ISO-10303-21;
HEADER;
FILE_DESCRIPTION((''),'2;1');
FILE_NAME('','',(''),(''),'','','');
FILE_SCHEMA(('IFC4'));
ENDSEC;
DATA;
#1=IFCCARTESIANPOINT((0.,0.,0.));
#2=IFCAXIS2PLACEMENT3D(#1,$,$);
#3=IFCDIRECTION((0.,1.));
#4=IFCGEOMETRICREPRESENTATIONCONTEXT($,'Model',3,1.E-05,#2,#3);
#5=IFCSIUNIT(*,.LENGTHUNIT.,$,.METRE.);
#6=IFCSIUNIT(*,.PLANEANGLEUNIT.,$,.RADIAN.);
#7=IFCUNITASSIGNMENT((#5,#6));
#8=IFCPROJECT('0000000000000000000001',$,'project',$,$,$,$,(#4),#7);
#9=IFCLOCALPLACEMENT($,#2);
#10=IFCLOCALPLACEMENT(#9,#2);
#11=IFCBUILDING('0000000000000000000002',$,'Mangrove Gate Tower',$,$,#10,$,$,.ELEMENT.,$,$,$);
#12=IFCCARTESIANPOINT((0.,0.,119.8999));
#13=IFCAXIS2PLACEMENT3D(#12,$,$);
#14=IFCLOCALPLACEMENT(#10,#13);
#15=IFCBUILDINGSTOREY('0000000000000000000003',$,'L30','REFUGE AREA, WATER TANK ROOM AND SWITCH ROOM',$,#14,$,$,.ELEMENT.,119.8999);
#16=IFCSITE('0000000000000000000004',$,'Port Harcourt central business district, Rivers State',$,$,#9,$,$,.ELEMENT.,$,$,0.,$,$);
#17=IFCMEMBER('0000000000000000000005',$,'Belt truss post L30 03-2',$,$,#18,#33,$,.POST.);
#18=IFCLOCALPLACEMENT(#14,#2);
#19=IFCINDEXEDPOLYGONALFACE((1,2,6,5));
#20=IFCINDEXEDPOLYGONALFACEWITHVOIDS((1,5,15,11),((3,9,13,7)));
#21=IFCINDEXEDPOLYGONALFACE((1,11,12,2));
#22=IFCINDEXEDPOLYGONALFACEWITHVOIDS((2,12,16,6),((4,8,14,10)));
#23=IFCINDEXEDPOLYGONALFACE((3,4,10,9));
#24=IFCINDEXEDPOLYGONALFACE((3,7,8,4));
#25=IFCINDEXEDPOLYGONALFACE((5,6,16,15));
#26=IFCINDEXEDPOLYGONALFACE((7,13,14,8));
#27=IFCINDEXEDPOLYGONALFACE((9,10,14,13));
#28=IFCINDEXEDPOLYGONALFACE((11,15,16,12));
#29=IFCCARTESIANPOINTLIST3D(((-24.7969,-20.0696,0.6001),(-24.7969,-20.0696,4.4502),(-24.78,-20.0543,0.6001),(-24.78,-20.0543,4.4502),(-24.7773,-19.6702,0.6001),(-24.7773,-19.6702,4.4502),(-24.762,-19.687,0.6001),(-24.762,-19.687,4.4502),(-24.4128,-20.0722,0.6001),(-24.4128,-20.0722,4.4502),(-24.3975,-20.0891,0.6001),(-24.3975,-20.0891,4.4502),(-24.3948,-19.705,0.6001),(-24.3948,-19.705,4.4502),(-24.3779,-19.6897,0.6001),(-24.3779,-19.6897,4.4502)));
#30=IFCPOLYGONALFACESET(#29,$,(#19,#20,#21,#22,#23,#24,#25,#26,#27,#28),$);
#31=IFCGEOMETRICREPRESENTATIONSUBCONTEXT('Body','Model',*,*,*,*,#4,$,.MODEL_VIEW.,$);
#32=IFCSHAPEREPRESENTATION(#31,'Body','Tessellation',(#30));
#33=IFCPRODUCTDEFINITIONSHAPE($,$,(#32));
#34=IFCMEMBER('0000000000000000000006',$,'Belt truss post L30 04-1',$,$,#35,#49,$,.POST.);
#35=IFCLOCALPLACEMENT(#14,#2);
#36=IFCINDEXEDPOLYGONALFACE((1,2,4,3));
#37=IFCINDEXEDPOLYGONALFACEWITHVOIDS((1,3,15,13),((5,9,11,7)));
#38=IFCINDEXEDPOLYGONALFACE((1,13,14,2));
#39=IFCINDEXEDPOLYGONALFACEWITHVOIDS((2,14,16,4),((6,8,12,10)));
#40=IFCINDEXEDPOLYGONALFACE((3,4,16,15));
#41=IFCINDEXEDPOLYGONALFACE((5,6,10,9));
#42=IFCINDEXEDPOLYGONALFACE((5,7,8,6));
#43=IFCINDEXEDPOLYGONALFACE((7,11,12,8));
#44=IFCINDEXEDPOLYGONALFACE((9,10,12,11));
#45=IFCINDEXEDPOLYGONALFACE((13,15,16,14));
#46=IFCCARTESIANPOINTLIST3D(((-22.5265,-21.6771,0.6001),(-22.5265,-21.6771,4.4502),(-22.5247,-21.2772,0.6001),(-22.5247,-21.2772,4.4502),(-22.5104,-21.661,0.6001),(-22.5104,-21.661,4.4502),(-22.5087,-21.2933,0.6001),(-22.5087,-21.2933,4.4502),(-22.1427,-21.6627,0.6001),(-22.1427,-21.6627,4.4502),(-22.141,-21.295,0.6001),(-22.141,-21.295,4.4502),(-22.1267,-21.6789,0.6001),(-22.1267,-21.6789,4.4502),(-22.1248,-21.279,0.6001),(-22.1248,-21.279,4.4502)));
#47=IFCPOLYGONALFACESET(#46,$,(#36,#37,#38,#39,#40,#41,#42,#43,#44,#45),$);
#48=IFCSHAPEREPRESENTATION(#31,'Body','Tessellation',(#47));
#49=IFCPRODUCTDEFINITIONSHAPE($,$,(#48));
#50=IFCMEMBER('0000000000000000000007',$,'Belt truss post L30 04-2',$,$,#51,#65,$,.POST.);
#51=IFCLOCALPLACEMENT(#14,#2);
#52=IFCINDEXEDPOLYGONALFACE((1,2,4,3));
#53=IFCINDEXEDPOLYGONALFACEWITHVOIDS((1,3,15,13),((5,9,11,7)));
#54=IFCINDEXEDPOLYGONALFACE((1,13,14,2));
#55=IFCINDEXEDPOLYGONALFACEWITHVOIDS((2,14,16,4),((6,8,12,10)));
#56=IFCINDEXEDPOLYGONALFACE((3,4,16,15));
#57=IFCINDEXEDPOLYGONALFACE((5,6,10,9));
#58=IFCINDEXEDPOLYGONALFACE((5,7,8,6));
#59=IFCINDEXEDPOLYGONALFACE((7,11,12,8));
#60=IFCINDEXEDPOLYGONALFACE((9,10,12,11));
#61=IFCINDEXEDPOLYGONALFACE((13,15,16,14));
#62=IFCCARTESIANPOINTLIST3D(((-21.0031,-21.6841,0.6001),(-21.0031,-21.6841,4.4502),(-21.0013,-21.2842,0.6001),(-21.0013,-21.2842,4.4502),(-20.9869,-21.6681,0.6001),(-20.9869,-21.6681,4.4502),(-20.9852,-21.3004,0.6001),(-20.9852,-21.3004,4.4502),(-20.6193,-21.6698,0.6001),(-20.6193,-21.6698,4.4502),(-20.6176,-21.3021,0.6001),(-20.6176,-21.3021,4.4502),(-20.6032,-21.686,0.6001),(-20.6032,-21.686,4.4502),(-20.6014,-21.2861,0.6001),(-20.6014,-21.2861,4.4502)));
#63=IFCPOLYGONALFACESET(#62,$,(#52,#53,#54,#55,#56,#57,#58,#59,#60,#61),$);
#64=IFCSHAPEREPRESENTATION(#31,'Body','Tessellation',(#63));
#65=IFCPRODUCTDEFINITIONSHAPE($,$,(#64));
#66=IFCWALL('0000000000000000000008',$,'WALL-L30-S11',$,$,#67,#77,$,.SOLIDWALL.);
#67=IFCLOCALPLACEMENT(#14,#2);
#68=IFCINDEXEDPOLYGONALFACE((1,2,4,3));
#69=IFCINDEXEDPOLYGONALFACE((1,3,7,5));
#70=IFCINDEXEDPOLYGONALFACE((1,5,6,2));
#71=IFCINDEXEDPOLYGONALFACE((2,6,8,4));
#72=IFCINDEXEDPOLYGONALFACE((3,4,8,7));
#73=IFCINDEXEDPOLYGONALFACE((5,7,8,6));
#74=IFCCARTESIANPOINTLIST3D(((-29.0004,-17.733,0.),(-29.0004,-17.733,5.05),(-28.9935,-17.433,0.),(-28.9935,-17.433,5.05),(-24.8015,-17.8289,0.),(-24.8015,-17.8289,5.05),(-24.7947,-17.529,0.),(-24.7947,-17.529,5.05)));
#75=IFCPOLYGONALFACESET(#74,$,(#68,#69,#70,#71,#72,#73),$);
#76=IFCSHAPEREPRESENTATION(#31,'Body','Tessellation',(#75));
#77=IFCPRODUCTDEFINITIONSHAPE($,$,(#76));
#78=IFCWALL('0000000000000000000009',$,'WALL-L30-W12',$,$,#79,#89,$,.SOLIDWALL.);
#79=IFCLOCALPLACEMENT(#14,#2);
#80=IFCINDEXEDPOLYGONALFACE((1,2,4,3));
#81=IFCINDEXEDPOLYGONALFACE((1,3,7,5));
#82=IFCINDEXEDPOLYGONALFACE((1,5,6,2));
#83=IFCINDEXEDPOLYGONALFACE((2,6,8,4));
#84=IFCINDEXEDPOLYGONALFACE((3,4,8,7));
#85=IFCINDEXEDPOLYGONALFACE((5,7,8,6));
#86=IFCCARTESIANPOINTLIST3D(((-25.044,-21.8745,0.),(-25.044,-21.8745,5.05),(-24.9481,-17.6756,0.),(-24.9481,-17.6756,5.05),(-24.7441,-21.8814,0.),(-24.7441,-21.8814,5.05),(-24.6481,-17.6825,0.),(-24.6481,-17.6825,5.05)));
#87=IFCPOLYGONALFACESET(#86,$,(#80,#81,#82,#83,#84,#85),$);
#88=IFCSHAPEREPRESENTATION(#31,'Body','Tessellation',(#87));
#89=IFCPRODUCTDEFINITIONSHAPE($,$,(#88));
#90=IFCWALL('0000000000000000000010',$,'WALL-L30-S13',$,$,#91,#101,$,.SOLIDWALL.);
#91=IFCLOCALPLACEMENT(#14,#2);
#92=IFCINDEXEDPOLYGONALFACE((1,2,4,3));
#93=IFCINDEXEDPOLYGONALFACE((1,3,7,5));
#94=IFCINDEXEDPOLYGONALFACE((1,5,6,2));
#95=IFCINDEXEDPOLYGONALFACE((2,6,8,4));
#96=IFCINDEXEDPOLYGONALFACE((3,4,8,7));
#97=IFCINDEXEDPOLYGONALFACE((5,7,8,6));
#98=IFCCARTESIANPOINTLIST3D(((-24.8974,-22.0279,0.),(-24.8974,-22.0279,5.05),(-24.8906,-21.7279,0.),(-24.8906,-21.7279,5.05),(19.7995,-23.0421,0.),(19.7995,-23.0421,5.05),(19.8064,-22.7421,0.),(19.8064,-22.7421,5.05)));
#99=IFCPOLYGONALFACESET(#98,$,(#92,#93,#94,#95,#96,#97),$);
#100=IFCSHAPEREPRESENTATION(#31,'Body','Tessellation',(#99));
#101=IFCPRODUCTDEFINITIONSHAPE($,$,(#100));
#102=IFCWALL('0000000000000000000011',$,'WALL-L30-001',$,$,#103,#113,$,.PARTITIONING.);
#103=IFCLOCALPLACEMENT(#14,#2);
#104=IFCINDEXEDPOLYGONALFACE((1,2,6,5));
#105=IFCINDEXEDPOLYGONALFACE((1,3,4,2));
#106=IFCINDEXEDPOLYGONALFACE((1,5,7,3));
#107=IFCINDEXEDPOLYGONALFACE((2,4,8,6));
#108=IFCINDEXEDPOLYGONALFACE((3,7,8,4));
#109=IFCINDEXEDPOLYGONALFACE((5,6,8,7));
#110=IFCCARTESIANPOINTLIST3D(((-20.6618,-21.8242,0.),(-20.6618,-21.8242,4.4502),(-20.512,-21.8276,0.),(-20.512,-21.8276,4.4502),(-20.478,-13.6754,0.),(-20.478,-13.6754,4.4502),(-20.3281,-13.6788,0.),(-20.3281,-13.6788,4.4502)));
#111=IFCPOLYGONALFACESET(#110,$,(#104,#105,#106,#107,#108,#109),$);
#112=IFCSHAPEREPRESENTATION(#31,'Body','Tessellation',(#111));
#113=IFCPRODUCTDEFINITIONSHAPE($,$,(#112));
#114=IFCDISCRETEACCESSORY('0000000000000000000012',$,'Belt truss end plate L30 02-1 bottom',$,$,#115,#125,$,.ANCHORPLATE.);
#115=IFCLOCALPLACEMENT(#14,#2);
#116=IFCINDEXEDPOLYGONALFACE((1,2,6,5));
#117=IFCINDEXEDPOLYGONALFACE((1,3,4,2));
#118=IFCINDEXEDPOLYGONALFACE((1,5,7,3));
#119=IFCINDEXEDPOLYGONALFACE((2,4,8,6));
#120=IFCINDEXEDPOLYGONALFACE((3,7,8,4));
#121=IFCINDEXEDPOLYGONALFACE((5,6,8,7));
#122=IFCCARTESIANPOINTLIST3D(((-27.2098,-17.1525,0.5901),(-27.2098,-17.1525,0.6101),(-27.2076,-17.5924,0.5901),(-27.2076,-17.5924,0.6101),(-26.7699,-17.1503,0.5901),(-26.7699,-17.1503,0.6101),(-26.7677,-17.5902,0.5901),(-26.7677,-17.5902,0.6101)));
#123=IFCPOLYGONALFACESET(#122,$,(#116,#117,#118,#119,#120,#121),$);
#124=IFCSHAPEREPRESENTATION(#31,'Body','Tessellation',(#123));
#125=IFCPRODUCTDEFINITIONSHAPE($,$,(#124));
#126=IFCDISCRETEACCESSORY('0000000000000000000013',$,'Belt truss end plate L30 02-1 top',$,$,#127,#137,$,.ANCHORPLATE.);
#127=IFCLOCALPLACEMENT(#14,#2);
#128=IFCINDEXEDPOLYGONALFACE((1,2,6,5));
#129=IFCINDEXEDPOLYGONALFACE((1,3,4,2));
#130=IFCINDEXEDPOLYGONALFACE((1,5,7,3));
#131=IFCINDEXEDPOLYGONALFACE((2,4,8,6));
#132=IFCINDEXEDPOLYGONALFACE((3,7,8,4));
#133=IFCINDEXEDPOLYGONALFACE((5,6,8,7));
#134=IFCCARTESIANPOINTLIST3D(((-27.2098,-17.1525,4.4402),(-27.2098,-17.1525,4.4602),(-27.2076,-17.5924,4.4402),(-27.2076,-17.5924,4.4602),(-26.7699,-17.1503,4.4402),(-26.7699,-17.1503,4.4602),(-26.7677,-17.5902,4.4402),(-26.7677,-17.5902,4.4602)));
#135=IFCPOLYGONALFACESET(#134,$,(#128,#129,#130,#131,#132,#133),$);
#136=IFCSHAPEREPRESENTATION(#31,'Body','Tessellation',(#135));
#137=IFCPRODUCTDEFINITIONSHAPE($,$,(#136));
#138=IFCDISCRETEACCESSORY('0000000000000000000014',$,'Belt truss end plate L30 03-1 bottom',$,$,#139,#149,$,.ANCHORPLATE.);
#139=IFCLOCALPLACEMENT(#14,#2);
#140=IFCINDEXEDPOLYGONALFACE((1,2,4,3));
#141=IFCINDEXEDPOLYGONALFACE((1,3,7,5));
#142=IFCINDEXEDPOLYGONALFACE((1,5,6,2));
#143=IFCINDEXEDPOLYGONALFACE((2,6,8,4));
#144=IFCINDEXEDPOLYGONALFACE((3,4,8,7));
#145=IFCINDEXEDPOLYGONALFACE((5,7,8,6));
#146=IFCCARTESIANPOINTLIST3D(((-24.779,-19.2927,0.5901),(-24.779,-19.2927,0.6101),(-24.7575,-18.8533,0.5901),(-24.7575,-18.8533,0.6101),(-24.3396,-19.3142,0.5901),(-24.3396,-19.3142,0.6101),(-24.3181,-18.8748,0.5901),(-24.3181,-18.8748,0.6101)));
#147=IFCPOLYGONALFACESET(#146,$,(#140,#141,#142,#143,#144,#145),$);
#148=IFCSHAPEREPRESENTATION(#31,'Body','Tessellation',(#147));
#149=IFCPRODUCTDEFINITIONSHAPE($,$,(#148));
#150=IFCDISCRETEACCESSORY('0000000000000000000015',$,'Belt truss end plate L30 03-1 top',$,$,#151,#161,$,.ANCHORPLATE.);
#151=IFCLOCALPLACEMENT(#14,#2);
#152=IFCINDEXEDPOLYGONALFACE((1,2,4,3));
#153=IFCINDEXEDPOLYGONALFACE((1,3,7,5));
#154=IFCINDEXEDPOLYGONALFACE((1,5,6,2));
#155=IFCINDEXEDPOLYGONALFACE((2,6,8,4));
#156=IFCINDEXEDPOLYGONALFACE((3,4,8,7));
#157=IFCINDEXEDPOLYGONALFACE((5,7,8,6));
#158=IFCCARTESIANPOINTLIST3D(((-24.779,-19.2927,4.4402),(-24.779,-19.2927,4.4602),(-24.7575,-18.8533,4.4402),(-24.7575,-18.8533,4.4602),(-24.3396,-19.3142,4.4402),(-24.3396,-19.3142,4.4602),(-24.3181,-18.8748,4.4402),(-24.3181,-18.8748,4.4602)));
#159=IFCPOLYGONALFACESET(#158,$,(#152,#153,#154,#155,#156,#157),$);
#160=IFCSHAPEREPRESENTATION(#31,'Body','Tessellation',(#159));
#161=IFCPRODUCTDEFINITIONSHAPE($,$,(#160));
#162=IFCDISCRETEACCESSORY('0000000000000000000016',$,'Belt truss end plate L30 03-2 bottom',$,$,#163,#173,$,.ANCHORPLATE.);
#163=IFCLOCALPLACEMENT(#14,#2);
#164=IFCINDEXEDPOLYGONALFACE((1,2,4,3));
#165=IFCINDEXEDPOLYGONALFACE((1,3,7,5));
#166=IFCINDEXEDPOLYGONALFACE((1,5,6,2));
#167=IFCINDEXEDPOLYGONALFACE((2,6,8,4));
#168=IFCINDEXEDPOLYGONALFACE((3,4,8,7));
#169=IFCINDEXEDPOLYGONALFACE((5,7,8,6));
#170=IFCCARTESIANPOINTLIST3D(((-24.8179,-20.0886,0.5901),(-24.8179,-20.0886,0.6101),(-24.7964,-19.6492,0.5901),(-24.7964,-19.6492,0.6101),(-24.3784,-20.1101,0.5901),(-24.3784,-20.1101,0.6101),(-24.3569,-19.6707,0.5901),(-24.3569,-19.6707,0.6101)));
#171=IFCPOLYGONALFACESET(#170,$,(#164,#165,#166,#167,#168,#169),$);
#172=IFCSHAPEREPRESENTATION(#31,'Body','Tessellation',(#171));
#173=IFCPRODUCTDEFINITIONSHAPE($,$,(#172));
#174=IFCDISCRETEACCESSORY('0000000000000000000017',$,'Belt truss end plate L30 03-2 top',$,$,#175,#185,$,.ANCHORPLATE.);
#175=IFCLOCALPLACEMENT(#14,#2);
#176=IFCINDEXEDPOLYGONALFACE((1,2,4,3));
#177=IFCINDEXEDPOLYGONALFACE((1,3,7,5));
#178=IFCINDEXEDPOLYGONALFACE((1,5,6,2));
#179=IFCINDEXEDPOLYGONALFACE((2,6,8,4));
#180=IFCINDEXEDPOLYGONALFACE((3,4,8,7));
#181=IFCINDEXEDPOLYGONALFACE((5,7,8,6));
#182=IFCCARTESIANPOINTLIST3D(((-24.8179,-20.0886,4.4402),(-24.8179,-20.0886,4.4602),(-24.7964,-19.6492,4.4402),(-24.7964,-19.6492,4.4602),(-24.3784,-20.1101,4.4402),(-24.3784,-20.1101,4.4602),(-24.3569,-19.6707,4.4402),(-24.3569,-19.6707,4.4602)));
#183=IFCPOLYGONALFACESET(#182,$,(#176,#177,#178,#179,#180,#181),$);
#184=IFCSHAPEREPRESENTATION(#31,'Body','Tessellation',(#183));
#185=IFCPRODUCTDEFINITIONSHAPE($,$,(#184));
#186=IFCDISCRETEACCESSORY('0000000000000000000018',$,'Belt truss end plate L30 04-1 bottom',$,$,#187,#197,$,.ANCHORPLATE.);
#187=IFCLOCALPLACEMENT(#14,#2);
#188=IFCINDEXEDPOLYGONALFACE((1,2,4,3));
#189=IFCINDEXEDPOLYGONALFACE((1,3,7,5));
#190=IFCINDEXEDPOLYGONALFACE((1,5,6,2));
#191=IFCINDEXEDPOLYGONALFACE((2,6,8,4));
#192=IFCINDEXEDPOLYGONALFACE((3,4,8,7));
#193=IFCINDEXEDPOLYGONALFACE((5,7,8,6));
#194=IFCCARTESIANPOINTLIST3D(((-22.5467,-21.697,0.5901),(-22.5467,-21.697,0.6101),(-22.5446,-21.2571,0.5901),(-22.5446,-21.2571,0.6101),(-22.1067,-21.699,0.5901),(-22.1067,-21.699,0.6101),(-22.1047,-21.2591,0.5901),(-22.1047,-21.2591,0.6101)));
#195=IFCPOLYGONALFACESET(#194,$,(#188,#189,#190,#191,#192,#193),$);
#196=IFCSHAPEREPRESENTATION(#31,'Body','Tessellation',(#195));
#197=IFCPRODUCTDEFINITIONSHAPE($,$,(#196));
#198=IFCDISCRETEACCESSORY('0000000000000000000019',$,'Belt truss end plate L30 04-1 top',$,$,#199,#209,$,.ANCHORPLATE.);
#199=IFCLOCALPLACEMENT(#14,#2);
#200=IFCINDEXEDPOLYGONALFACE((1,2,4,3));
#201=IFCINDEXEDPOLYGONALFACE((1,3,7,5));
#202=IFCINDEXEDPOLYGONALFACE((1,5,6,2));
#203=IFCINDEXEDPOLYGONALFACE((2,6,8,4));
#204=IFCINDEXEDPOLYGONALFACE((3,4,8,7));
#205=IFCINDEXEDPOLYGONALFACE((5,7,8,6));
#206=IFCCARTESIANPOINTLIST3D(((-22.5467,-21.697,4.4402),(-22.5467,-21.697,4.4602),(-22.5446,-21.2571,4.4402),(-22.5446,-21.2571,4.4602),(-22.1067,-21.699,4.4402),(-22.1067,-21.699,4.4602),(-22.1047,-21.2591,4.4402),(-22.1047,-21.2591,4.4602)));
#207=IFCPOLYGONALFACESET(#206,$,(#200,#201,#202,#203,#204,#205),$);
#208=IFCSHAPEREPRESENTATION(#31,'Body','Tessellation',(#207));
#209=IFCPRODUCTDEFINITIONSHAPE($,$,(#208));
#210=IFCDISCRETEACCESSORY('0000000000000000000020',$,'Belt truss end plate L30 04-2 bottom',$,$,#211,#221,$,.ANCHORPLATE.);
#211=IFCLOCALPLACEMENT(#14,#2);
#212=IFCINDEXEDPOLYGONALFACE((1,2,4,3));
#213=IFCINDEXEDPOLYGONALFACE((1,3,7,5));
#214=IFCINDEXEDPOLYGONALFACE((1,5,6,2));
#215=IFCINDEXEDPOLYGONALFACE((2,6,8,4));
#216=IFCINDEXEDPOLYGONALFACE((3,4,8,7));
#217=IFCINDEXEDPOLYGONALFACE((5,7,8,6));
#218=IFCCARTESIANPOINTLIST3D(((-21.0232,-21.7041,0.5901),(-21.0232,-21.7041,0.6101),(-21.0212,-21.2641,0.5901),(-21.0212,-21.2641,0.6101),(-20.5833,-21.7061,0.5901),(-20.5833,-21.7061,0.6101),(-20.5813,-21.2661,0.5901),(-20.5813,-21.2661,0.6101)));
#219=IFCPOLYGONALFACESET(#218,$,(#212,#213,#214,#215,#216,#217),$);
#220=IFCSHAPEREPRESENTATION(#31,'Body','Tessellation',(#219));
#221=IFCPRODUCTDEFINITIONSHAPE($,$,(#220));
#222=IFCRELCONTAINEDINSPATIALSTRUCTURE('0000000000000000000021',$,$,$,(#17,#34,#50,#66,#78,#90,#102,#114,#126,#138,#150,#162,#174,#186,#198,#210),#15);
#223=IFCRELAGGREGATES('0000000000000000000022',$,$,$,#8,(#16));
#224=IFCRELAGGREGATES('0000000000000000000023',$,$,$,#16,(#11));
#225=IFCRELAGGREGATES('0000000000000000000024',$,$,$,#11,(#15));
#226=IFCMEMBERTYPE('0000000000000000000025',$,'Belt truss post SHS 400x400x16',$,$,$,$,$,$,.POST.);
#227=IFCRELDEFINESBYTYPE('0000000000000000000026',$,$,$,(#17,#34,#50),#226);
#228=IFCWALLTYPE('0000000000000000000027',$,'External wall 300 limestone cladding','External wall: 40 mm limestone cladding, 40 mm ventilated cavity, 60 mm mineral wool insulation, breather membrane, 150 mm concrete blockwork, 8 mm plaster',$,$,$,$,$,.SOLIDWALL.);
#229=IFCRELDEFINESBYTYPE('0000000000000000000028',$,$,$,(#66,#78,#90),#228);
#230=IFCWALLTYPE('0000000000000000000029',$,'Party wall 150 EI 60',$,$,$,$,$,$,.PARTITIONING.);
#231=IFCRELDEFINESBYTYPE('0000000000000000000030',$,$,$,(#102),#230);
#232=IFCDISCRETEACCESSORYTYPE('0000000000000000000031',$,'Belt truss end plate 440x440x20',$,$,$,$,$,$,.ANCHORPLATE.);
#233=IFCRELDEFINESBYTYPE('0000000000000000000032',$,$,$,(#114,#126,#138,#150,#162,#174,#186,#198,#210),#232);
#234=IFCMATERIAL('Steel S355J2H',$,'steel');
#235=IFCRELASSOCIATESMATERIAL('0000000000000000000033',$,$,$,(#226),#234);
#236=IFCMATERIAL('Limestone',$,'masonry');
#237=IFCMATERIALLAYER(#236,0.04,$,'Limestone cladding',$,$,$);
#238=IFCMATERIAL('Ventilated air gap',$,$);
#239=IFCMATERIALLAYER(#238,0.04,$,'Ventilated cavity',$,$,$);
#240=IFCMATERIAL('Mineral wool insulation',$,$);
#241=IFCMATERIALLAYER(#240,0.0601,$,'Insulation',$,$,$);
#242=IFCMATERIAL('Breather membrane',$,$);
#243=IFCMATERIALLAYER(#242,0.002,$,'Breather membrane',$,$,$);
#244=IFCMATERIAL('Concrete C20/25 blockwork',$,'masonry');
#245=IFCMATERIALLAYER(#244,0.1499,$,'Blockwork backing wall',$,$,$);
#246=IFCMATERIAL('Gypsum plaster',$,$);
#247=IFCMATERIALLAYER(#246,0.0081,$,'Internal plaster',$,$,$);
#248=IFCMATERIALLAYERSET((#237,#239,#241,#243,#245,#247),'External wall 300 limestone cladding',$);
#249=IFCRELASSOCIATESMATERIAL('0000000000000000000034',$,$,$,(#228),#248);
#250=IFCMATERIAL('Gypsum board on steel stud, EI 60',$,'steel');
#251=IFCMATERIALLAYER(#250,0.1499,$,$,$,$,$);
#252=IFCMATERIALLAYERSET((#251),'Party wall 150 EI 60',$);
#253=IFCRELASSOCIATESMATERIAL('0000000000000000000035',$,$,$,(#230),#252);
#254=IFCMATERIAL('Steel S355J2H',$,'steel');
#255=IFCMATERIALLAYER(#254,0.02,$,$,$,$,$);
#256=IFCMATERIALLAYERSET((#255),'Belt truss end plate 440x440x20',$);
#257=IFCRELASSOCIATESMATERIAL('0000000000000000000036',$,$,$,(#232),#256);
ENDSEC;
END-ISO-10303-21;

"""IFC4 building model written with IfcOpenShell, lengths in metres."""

from ifc_helpers import new_model, si_unit, direction, frame, frame_2d, origin, origin_2d, place, context, subcontext, project, spatial, rectangle, hollow_rectangle, extrude, material, layer, layer_set, material_profile, profile_set, type_object, element, save


model = new_model("IFC4")

# Units and contexts
model_context = context("Model", 3, precision=1e-05, world=origin(), true_north=direction((0.0, 1.0)))
body_context = subcontext(model_context, "Body", "Model", "MODEL_VIEW")
ifc_project = project(units=[si_unit("LENGTHUNIT", "METRE"), si_unit("PLANEANGLEUNIT", "RADIAN")], contexts=[model_context])

# Site, building, storey
site_placement = place(None, origin())
site = spatial("IfcSite", under=ifc_project, at=site_placement, Name="Port Harcourt central business district, Rivers State", CompositionType="ELEMENT", RefElevation=0.0)
building_placement = place(site_placement, origin())
building = spatial("IfcBuilding", under=site, at=building_placement, Name="Mangrove Gate Tower", CompositionType="ELEMENT")
storey_placement = place(building_placement, frame((0.0, 0.0, 119.8999)))
storey = spatial("IfcBuildingStorey", under=building, at=storey_placement, Name="L30", Description="REFUGE AREA, WATER TANK ROOM AND SWITCH ROOM", CompositionType="ELEMENT", Elevation=119.8999)

# Members
ifc_material_1 = material(Name="Steel S355J2H", Category="steel")
ifc_material_profile_1 = material_profile(ifc_material_1, hollow_rectangle(XDim=0.3999, YDim=0.3999, WallThickness=0.0161, at=origin_2d()))
ifc_profile_set_1 = profile_set([ifc_material_profile_1], Name="Steel S355J2H")
member_type_1 = type_object("IfcMemberType", Name="Belt truss post SHS 400x400x16", PredefinedType="POST", material=ifc_profile_set_1)
for number, where, z_axis, x_axis, name in (
    (1, (-24.5874, -19.8796, 0.6001), (0.0, 0.0, 1.0), (-0.048885, -0.998804, 0.0), "Belt truss post L30 03-2"),
    (2, (-22.3257, -21.478, 0.6001), (0.0, 0.0, 1.0), (0.99999, -0.004581, 0.0), "Belt truss post L30 04-1"),
    (3, (-20.8022, -21.4851, 0.6001), (0.0, 0.0, 1.0), (0.99999, -0.004581, 0.0), "Belt truss post L30 04-2"),
):
    element("IfcMember", number, at=place(storey_placement, frame(where, z_axis=z_axis, x_axis=x_axis)), inside=storey, type_object=member_type_1, Name=name, PredefinedType="POST", context=body_context, shape_type="SweptSolid", body=[
        extrude(hollow_rectangle(XDim=0.3999, YDim=0.3999, WallThickness=0.0161, at=origin_2d()), origin(), (0.0, 0.0, 1.0), 3.8501),
    ])

# Walls
ifc_material_2 = material(Name="Limestone", Category="masonry")
ifc_layer_1 = layer(ifc_material_2, 0.04, Name="Limestone cladding")
ifc_material_3 = material(Name="Ventilated air gap")
ifc_layer_2 = layer(ifc_material_3, 0.04, Name="Ventilated cavity")
ifc_material_4 = material(Name="Mineral wool insulation")
ifc_layer_3 = layer(ifc_material_4, 0.0601, Name="Insulation")
ifc_material_5 = material(Name="Breather membrane")
ifc_layer_4 = layer(ifc_material_5, 0.002, Name="Breather membrane")
ifc_material_6 = material(Name="Concrete C20/25 blockwork", Category="masonry")
ifc_layer_5 = layer(ifc_material_6, 0.1499, Name="Blockwork backing wall")
ifc_material_7 = material(Name="Gypsum plaster")
ifc_layer_6 = layer(ifc_material_7, 0.0081, Name="Internal plaster")
ifc_layer_set_1 = layer_set([ifc_layer_1, ifc_layer_2, ifc_layer_3, ifc_layer_4, ifc_layer_5, ifc_layer_6], Name="External wall 300 limestone cladding")
wall_type_1 = type_object("IfcWallType", Name="External wall 300 limestone cladding", Description="External wall: 40 mm limestone cladding, 40 mm ventilated cavity, 60 mm mineral wool insulation, breather membrane, 150 mm concrete blockwork, 8 mm plaster", PredefinedType="SOLIDWALL", material=ifc_layer_set_1)
for number, where, z_axis, x_axis, name in (
    (4, (-28.9971, -17.583, 0.0), (0.0, 0.0, 1.0), (0.999739, -0.022844, 0.0), "WALL-L30-S11"),
    (5, (-24.7981, -17.679, 0.0), (0.0, 0.0, 1.0), (-0.022844, -0.999739, 0.0), "WALL-L30-W12"),
):
    element("IfcWall", number, at=place(storey_placement, frame(where, z_axis=z_axis, x_axis=x_axis)), inside=storey, type_object=wall_type_1, Name=name, PredefinedType="SOLIDWALL", context=body_context, shape_type="SweptSolid", body=[
        extrude(rectangle(XDim=4.2, YDim=0.3, at=frame_2d((2.1001, 0.0))), origin(), (0.0, 0.0, 1.0), 5.05),
    ])
wall_1_placement = place(storey_placement, frame((-24.894, -21.8779, 0.0), z_axis=(0.0, 0.0, 1.0), x_axis=(0.999743, -0.022684, 0.0)))
element("IfcWall", 6, at=wall_1_placement, inside=storey, type_object=wall_type_1, Name="WALL-L30-S13", PredefinedType="SOLIDWALL", context=body_context, shape_type="SweptSolid", body=[
    extrude(rectangle(XDim=44.7085, YDim=0.3, at=frame_2d((22.3542, 0.0))), origin(), (0.0, 0.0, 1.0), 5.05),
])
ifc_material_8 = material(Name="Gypsum board on steel stud, EI 60", Category="steel")
ifc_layer_7 = layer(ifc_material_8, 0.1499)
ifc_layer_set_2 = layer_set([ifc_layer_7], Name="Party wall 150 EI 60")
wall_type_2 = type_object("IfcWallType", Name="Party wall 150 EI 60", PredefinedType="PARTITIONING", material=ifc_layer_set_2)
wall_2_placement = place(storey_placement, frame((-20.5869, -21.8259, 0.0), z_axis=(0.0, 0.0, 1.0), x_axis=(0.022554, 0.999746, 0.0)))
element("IfcWall", 7, at=wall_2_placement, inside=storey, type_object=wall_type_2, Name="WALL-L30-001", PredefinedType="PARTITIONING", context=body_context, shape_type="SweptSolid", body=[
    extrude(rectangle(XDim=8.1509, YDim=0.1499, at=frame_2d((4.0754, 0.0))), origin(), (0.0, 0.0, 1.0), 4.4502),
])

# Discrete accessories
ifc_material_9 = material(Name="Steel S355J2H", Category="steel")
ifc_layer_8 = layer(ifc_material_9, 0.02)
ifc_layer_set_3 = layer_set([ifc_layer_8], Name="Belt truss end plate 440x440x20")
discrete_accessory_type = type_object("IfcDiscreteAccessoryType", Name="Belt truss end plate 440x440x20", PredefinedType="ANCHORPLATE", material=ifc_layer_set_3)
for number, where, z_axis, x_axis, name in (
    (8, (-26.9888, -17.3713, 0.5901), (0.0, 0.0, 1.0), (0.999988, 0.004989, 0.0), "Belt truss end plate L30 02-1 bottom"),
    (9, (-26.9888, -17.3713, 4.4402), (0.0, 0.0, 1.0), (0.999988, 0.004989, 0.0), "Belt truss end plate L30 02-1 top"),
    (10, (-24.5486, -19.0837, 0.5901), (0.0, 0.0, 1.0), (-0.048885, -0.998804, 0.0), "Belt truss end plate L30 03-1 bottom"),
    (11, (-24.5486, -19.0837, 4.4402), (0.0, 0.0, 1.0), (-0.048885, -0.998804, 0.0), "Belt truss end plate L30 03-1 top"),
    (12, (-24.5874, -19.8796, 0.5901), (0.0, 0.0, 1.0), (-0.048885, -0.998804, 0.0), "Belt truss end plate L30 03-2 bottom"),
    (13, (-24.5874, -19.8796, 4.4402), (0.0, 0.0, 1.0), (-0.048885, -0.998804, 0.0), "Belt truss end plate L30 03-2 top"),
    (14, (-22.3257, -21.478, 0.5901), (0.0, 0.0, 1.0), (0.99999, -0.004581, 0.0), "Belt truss end plate L30 04-1 bottom"),
    (15, (-22.3257, -21.478, 4.4402), (0.0, 0.0, 1.0), (0.99999, -0.004581, 0.0), "Belt truss end plate L30 04-1 top"),
    (16, (-20.8022, -21.4851, 0.5901), (0.0, 0.0, 1.0), (0.99999, -0.004581, 0.0), "Belt truss end plate L30 04-2 bottom"),
):
    element("IfcDiscreteAccessory", number, at=place(storey_placement, frame(where, z_axis=z_axis, x_axis=x_axis)), inside=storey, type_object=discrete_accessory_type, Name=name, PredefinedType="ANCHORPLATE", context=body_context, shape_type="SweptSolid", body=[
        extrude(rectangle(XDim=0.4399, YDim=0.4399, at=origin_2d()), origin(), (0.0, 0.0, 1.0), 0.02),
    ])

save(model, "model.ifc")
